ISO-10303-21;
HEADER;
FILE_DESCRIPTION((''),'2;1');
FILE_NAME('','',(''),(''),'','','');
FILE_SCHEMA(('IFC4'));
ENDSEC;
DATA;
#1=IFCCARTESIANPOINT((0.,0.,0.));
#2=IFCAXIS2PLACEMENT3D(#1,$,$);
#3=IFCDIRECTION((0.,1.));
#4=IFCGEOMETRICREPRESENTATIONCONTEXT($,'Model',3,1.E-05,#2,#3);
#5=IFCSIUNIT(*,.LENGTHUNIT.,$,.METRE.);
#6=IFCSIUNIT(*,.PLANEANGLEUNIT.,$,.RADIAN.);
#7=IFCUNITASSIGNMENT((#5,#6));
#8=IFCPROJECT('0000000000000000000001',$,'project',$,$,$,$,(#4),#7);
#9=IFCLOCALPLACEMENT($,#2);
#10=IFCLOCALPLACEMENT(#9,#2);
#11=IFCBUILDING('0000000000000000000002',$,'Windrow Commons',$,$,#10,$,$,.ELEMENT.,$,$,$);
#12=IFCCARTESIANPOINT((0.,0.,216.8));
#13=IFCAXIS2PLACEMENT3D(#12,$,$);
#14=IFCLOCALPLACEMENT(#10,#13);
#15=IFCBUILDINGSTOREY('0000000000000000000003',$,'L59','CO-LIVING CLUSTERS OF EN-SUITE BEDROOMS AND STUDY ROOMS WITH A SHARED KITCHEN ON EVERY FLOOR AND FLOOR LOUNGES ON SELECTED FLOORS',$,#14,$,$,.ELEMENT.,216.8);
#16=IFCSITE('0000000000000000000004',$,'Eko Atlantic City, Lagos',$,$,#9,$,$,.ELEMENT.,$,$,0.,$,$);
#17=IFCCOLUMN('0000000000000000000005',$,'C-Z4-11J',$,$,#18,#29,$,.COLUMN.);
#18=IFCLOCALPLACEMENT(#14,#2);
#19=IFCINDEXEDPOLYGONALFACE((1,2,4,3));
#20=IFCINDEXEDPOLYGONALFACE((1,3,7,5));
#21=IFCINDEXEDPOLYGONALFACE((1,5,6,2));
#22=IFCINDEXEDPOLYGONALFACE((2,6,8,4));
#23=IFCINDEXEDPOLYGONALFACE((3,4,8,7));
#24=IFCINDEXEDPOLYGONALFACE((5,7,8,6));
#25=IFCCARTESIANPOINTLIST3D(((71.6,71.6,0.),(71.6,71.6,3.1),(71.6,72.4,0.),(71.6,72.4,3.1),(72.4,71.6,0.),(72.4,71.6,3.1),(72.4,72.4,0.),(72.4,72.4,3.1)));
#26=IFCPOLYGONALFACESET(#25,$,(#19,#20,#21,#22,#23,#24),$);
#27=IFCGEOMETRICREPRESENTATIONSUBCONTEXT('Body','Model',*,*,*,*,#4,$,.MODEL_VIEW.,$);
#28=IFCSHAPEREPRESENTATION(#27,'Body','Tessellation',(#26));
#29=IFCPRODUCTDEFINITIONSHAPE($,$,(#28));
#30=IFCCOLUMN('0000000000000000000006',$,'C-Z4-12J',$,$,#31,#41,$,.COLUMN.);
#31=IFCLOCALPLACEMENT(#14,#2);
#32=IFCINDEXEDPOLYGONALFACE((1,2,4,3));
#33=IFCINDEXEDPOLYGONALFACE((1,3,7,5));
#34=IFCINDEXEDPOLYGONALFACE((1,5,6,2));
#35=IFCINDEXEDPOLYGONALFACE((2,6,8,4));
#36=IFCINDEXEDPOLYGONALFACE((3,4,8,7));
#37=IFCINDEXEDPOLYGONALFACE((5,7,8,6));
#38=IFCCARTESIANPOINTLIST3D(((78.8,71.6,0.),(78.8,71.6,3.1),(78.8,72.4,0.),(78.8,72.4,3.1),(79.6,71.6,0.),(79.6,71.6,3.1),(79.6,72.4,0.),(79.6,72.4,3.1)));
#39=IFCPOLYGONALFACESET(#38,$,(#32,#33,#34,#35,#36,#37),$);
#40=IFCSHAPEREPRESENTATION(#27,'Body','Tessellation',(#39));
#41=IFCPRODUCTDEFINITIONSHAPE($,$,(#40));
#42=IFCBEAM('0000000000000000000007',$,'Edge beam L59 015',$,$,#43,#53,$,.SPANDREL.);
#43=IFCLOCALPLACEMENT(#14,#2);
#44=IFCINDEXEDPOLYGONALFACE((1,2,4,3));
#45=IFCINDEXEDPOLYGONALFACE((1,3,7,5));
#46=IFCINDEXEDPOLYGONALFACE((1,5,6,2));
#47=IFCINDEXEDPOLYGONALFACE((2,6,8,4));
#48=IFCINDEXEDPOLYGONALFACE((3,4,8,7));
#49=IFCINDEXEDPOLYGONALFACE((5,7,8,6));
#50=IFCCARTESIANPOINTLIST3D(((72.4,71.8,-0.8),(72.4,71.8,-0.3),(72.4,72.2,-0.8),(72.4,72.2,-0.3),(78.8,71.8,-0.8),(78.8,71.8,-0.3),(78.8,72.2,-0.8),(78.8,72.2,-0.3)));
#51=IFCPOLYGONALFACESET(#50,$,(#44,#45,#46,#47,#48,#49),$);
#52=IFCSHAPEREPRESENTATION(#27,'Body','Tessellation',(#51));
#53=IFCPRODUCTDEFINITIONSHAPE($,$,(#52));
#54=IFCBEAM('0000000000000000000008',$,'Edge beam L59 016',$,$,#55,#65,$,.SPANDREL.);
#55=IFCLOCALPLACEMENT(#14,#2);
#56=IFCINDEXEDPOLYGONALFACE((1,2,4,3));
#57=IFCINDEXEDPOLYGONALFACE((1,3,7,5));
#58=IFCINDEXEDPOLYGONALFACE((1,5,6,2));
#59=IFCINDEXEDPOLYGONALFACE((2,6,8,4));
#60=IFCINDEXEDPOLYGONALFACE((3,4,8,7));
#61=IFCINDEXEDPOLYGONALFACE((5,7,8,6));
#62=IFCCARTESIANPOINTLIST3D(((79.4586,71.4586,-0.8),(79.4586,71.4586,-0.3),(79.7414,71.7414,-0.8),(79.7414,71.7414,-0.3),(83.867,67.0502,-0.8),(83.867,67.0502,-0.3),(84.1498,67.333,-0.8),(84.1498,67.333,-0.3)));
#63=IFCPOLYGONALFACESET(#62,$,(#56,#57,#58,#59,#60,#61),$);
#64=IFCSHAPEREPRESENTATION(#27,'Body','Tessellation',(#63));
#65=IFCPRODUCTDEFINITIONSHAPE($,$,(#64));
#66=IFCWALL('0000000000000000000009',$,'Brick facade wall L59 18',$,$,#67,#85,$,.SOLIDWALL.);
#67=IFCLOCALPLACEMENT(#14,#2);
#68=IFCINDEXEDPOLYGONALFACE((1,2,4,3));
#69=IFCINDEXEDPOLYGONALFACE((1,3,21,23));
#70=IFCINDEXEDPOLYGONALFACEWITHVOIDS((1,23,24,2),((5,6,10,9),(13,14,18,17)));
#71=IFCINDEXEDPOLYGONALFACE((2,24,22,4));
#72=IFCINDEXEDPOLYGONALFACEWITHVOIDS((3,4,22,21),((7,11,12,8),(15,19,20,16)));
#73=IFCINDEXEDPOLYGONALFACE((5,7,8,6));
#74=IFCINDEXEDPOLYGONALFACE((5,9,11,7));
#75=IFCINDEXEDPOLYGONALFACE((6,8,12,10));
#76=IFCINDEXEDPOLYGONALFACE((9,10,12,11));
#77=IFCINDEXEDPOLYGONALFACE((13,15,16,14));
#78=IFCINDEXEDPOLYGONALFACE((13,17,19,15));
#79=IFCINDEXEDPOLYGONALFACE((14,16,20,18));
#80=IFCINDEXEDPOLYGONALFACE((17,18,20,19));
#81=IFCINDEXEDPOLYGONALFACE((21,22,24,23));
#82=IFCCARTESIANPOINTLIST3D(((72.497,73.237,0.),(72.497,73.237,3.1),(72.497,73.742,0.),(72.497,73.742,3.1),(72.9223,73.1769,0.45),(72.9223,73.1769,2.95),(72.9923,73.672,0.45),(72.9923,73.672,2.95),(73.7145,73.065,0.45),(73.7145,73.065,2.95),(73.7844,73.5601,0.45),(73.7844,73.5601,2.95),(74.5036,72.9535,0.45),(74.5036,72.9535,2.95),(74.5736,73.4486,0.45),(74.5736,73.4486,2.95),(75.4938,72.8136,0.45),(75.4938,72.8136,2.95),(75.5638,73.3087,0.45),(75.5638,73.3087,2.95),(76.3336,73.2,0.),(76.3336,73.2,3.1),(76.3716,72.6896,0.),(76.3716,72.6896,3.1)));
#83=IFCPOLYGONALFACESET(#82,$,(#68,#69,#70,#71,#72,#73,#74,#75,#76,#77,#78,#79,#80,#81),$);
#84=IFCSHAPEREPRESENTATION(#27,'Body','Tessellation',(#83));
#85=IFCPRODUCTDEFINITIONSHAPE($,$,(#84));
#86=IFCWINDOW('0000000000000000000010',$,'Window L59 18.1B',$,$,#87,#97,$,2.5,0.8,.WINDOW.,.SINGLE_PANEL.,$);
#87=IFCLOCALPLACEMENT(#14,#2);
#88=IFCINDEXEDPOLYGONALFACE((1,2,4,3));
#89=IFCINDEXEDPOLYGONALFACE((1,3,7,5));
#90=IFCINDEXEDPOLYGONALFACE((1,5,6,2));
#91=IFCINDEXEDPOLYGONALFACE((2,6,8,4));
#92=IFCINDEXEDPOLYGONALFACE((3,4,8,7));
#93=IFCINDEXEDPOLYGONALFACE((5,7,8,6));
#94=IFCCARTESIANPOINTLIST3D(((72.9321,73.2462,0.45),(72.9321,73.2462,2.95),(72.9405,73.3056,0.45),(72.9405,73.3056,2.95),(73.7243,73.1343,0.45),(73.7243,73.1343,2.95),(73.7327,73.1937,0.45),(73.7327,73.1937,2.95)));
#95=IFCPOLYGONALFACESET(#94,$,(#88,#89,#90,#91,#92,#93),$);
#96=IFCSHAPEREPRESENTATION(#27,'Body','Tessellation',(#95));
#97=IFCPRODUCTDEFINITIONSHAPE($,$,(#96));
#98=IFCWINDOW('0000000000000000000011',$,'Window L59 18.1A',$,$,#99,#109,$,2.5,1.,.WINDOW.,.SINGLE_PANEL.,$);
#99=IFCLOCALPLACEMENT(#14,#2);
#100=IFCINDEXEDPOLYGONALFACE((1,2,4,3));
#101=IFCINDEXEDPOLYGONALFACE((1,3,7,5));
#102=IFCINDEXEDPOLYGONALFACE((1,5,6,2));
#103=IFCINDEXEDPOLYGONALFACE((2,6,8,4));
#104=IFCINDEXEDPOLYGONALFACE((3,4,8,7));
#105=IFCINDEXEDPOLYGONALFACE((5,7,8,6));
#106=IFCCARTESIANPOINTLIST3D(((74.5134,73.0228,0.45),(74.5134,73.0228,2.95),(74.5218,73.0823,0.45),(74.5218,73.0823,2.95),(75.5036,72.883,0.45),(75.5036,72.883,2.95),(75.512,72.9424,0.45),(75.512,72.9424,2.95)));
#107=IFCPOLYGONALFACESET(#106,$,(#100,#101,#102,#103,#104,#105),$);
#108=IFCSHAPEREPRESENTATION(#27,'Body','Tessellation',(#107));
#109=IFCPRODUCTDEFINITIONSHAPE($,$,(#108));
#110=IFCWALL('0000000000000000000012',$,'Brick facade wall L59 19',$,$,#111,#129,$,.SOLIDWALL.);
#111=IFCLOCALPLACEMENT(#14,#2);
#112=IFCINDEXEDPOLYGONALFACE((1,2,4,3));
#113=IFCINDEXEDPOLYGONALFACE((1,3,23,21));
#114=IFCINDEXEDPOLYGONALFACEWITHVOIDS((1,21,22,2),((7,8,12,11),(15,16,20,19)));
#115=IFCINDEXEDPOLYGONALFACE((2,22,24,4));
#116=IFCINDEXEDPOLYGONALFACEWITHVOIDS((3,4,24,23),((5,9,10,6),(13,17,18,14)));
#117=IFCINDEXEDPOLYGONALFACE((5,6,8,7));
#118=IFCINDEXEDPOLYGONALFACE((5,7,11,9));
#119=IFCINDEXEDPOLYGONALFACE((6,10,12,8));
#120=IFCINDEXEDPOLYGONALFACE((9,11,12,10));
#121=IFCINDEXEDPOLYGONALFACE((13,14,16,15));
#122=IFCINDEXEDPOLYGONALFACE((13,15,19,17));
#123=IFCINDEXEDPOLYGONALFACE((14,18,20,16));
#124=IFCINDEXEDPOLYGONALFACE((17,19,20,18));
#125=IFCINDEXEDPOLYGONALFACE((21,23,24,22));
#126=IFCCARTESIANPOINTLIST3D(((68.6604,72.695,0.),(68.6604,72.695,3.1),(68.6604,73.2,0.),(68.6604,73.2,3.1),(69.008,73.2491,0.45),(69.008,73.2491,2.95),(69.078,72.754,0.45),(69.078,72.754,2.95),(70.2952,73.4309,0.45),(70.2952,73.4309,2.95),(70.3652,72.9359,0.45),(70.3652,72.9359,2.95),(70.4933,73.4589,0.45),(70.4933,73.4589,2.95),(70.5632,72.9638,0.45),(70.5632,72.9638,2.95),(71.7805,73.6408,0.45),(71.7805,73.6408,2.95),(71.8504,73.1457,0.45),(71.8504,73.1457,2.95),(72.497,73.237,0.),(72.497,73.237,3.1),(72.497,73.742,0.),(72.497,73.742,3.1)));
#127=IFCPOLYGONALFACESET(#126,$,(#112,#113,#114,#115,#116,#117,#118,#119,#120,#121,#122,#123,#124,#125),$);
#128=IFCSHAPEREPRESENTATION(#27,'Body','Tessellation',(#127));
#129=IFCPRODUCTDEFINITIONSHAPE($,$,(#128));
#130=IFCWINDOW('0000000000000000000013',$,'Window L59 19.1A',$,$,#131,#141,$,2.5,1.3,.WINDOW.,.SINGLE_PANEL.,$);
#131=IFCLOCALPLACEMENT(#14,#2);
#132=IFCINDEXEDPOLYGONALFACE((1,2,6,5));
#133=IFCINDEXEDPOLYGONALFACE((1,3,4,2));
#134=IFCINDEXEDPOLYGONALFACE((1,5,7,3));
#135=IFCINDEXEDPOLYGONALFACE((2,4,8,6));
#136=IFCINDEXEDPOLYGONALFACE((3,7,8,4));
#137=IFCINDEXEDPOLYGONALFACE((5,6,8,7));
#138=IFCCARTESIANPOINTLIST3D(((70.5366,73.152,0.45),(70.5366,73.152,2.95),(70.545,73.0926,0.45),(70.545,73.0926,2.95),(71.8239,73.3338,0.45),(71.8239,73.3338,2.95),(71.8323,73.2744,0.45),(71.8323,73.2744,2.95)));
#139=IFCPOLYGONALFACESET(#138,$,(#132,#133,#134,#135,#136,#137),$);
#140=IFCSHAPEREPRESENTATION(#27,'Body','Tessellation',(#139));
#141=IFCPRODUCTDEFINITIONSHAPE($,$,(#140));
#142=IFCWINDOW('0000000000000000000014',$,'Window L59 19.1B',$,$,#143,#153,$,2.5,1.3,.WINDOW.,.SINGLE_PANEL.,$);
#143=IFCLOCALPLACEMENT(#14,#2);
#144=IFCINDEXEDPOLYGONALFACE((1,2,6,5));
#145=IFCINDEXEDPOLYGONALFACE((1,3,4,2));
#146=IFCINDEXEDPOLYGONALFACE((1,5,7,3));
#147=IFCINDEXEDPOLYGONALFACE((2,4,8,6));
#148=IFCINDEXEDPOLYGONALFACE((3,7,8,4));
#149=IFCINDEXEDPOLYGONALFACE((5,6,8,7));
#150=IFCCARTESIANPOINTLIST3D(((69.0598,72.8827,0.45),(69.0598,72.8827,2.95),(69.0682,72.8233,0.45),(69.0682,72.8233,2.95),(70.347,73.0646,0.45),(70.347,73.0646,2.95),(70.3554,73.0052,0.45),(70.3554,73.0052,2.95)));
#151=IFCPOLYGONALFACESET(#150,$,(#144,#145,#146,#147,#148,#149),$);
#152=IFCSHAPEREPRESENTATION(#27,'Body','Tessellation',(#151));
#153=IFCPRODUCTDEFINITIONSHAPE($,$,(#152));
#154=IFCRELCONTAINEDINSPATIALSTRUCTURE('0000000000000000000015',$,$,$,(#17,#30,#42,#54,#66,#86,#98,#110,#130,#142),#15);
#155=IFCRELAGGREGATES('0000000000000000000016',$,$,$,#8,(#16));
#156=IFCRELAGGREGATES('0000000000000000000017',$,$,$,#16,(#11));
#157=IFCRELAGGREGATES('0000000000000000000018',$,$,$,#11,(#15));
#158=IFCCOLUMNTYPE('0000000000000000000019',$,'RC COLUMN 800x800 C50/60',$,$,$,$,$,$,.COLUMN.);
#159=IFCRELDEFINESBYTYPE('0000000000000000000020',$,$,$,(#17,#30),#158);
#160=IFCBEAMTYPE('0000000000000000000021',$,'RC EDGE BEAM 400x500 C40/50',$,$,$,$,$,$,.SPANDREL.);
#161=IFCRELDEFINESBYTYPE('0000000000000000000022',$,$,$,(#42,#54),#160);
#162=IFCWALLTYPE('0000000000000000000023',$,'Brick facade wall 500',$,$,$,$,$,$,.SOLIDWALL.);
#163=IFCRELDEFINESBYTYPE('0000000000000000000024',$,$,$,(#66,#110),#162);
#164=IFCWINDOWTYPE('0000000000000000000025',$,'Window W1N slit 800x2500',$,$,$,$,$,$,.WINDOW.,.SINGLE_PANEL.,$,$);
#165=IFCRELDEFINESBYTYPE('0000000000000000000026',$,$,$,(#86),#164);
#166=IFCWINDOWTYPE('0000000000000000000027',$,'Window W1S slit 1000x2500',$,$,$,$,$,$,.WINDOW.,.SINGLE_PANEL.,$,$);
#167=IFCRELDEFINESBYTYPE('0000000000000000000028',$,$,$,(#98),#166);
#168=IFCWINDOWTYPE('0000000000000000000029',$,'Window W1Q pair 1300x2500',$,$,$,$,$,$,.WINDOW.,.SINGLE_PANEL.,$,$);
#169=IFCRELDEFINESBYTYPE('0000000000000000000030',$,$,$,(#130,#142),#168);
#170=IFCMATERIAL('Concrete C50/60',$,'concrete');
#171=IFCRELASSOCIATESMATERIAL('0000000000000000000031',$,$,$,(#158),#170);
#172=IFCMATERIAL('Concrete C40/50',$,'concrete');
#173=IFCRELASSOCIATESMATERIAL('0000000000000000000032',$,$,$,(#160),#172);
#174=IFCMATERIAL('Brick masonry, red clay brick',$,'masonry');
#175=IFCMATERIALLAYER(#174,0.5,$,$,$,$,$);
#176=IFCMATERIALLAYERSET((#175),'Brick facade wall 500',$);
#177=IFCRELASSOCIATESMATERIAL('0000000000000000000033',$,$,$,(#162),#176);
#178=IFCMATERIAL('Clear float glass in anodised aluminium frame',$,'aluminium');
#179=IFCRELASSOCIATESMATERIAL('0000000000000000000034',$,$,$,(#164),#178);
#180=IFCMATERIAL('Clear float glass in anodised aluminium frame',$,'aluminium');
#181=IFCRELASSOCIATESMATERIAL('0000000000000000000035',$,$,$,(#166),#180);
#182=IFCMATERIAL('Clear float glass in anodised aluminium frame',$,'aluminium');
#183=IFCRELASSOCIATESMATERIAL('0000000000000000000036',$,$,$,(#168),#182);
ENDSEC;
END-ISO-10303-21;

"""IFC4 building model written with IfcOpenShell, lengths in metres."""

from ifc_helpers import new_model, si_unit, direction, frame, frame_2d, origin, origin_2d, place, context, subcontext, project, spatial, polyline, rectangle, outline, extrude, material, layer, layer_set, material_profile, profile_set, type_object, element, fill, save


model = new_model("IFC4")

# Units and contexts
model_context = context("Model", 3, precision=1e-05, world=origin(), true_north=direction((0.0, 1.0)))
body_context = subcontext(model_context, "Body", "Model", "MODEL_VIEW")
ifc_project = project(units=[si_unit("LENGTHUNIT", "METRE"), si_unit("PLANEANGLEUNIT", "RADIAN")], contexts=[model_context])

# Site, building, storey
site_placement = place(None, origin())
site = spatial("IfcSite", under=ifc_project, at=site_placement, Name="Eko Atlantic City, Lagos", CompositionType="ELEMENT", RefElevation=0.0)
building_placement = place(site_placement, origin())
building = spatial("IfcBuilding", under=site, at=building_placement, Name="Windrow Commons", CompositionType="ELEMENT")
storey_placement = place(building_placement, frame((0.0, 0.0, 216.8)))
storey = spatial("IfcBuildingStorey", under=building, at=storey_placement, Name="L59", Description="CO-LIVING CLUSTERS OF EN-SUITE BEDROOMS AND STUDY ROOMS WITH A SHARED KITCHEN ON EVERY FLOOR AND FLOOR LOUNGES ON SELECTED FLOORS", CompositionType="ELEMENT", Elevation=216.8)

# Columns
ifc_material_1 = material(Name="Concrete C50/60", Category="concrete")
ifc_material_profile_1 = material_profile(ifc_material_1, rectangle(XDim=0.8, YDim=0.8, at=origin_2d()))
ifc_profile_set_1 = profile_set([ifc_material_profile_1], Name="Concrete C50/60")
column_type = type_object("IfcColumnType", Name="RC COLUMN 800x800 C50/60", PredefinedType="COLUMN", material=ifc_profile_set_1)
for number, where, z_axis, x_axis, name in (
    (1, (72.0, 72.0, 0.0), (0.0, 0.0, 1.0), (1.0, 0.0, 0.0), "C-Z4-11J"),
    (2, (79.2, 72.0, 0.0), (0.0, 0.0, 1.0), (1.0, 0.0, 0.0), "C-Z4-12J"),
):
    element("IfcColumn", number, at=place(storey_placement, frame(where, z_axis=z_axis, x_axis=x_axis)), inside=storey, type_object=column_type, Name=name, PredefinedType="COLUMN", context=body_context, shape_type="SweptSolid", body=[
        extrude(rectangle(XDim=0.8, YDim=0.8, at=origin_2d()), origin(), (0.0, 0.0, 1.0), 3.1),
    ])

# Beams
ifc_material_2 = material(Name="Concrete C40/50", Category="concrete")
ifc_material_profile_2 = material_profile(ifc_material_2, rectangle(XDim=0.4, YDim=0.5, at=origin_2d()))
ifc_profile_set_2 = profile_set([ifc_material_profile_2], Name="Concrete C40/50")
beam_type = type_object("IfcBeamType", Name="RC EDGE BEAM 400x500 C40/50", PredefinedType="SPANDREL", material=ifc_profile_set_2)
beam_1_placement = place(storey_placement, frame((72.4, 72.0, -0.55), z_axis=(1.0, 0.0, 0.0), x_axis=(0.0, 1.0, 0.0)))
element("IfcBeam", 3, at=beam_1_placement, inside=storey, type_object=beam_type, Name="Edge beam L59 015", PredefinedType="SPANDREL", context=body_context, shape_type="SweptSolid", body=[
    extrude(rectangle(XDim=0.4, YDim=0.5, at=origin_2d()), origin(), (0.0, 0.0, 1.0), 6.4),
])
beam_2_placement = place(storey_placement, frame((79.6, 71.6, -0.55), z_axis=(0.707107, -0.707107, 0.0), x_axis=(0.707107, 0.707107, 0.0)))
element("IfcBeam", 4, at=beam_2_placement, inside=storey, type_object=beam_type, Name="Edge beam L59 016", PredefinedType="SPANDREL", context=body_context, shape_type="SweptSolid", body=[
    extrude(rectangle(XDim=0.4, YDim=0.5, at=origin_2d()), origin(), (0.0, 0.0, 1.0), 6.2344),
])

# Walls, openings, windows
ifc_material_3 = material(Name="Brick masonry, red clay brick", Category="masonry")
ifc_layer_1 = layer(ifc_material_3, 0.5)
ifc_layer_set_1 = layer_set([ifc_layer_1], Name="Brick facade wall 500")
wall_type_1 = type_object("IfcWallType", Name="Brick facade wall 500", PredefinedType="SOLIDWALL", material=ifc_layer_set_1)
wall_1_placement = place(storey_placement, frame((76.3526, 72.9448, 0.0), z_axis=(0.0, 0.0, 1.0), x_axis=(-0.990168, 0.139886, 0.0)))
wall_1 = element("IfcWall", 5, at=wall_1_placement, inside=storey, type_object=wall_type_1, Name="Brick facade wall L59 18", PredefinedType="SOLIDWALL", context=body_context, shape_type="SweptSolid", body=[
    extrude(outline(polyline([(0.0545, -0.25), (3.9292, -0.25), (3.8586, 0.25), (-0.0545, 0.25), (0.0545, -0.25)])), origin(), (0.0, 0.0, 1.0), 3.1),
])
opening_1_placement = place(wall_1_placement, frame((0.832, 0.0, 0.45)))
opening_1 = element("IfcOpeningElement", 6, at=opening_1_placement, cuts=wall_1, PredefinedType="OPENING", context=body_context, shape_type="SweptSolid", body=[
    extrude(rectangle(XDim=1.0, YDim=2.5, at=frame_2d((0.5, 1.25))), frame((0.0, 0.26, 0.0), z_axis=(0.0, -1.0, 0.0), x_axis=(1.0, 0.0, 0.0)), (0.0, 0.0, 1.0), 0.52),
])
opening_2_placement = place(wall_1_placement, frame((2.629, 0.0, 0.45)))
opening_2 = element("IfcOpeningElement", 7, at=opening_2_placement, cuts=wall_1, PredefinedType="OPENING", context=body_context, shape_type="SweptSolid", body=[
    extrude(rectangle(XDim=0.8, YDim=2.5, at=frame_2d((0.4, 1.25))), frame((0.0, 0.26, 0.0), z_axis=(0.0, -1.0, 0.0), x_axis=(1.0, 0.0, 0.0)), (0.0, 0.0, 1.0), 0.52),
])
ifc_material_4 = material(Name="Clear float glass in anodised aluminium frame", Category="aluminium")
window_type_1 = type_object("IfcWindowType", Name="Window W1N slit 800x2500", PartitioningType="SINGLE_PANEL", PredefinedType="WINDOW", material=ifc_material_4)
window_1_placement = place(opening_2_placement, origin())
window_1 = element("IfcWindow", 8, at=window_1_placement, inside=storey, type_object=window_type_1, Name="Window L59 18.1B", OverallHeight=2.5, OverallWidth=0.8, PartitioningType="SINGLE_PANEL", PredefinedType="WINDOW", context=body_context, shape_type="SweptSolid", body=[
    extrude(rectangle(XDim=0.8, YDim=2.5, at=frame_2d((0.4, 1.25))), frame((0.0, 0.18, 0.0), z_axis=(0.0, -1.0, 0.0), x_axis=(1.0, 0.0, 0.0)), (0.0, 0.0, 1.0), 0.06),
])
fill(opening_2, window_1)
ifc_material_5 = material(Name="Clear float glass in anodised aluminium frame", Category="aluminium")
window_type_2 = type_object("IfcWindowType", Name="Window W1S slit 1000x2500", PartitioningType="SINGLE_PANEL", PredefinedType="WINDOW", material=ifc_material_5)
window_2_placement = place(opening_1_placement, origin())
window_2 = element("IfcWindow", 9, at=window_2_placement, inside=storey, type_object=window_type_2, Name="Window L59 18.1A", OverallHeight=2.5, OverallWidth=1.0, PartitioningType="SINGLE_PANEL", PredefinedType="WINDOW", context=body_context, shape_type="SweptSolid", body=[
    extrude(rectangle(XDim=1.0, YDim=2.5, at=frame_2d((0.5, 1.25))), frame((0.0, 0.18, 0.0), z_axis=(0.0, -1.0, 0.0), x_axis=(1.0, 0.0, 0.0)), (0.0, 0.0, 1.0), 0.06),
])
fill(opening_1, window_2)
wall_2_placement = place(storey_placement, frame((72.497, 73.4895, 0.0), z_axis=(0.0, 0.0, 1.0), x_axis=(-0.990168, -0.139882, 0.0)))
wall_2 = element("IfcWall", 10, at=wall_2_placement, inside=storey, type_object=wall_type_1, Name="Brick facade wall L59 19", PredefinedType="SOLIDWALL", context=body_context, shape_type="SweptSolid", body=[
    extrude(outline(polyline([(-0.0353, -0.25), (3.8394, -0.25), (3.91, 0.25), (0.0353, 0.25), (-0.0353, -0.25)])), origin(), (0.0, 0.0, 1.0), 3.1),
])
opening_3_placement = place(wall_2_placement, frame((0.6883, 0.0, 0.45)))
opening_3 = element("IfcOpeningElement", 11, at=opening_3_placement, cuts=wall_2, PredefinedType="OPENING", context=body_context, shape_type="SweptSolid", body=[
    extrude(rectangle(XDim=1.3, YDim=2.5, at=frame_2d((0.65, 1.25))), frame((0.0, 0.26, 0.0), z_axis=(0.0, -1.0, 0.0), x_axis=(1.0, 0.0, 0.0)), (0.0, 0.0, 1.0), 0.52),
])
opening_4_placement = place(wall_2_placement, frame((2.1883, 0.0, 0.45)))
opening_4 = element("IfcOpeningElement", 12, at=opening_4_placement, cuts=wall_2, PredefinedType="OPENING", context=body_context, shape_type="SweptSolid", body=[
    extrude(rectangle(XDim=1.3, YDim=2.5, at=frame_2d((0.65, 1.25))), frame((0.0, 0.26, 0.0), z_axis=(0.0, -1.0, 0.0), x_axis=(1.0, 0.0, 0.0)), (0.0, 0.0, 1.0), 0.52),
])
ifc_material_6 = material(Name="Clear float glass in anodised aluminium frame", Category="aluminium")
window_type_3 = type_object("IfcWindowType", Name="Window W1Q pair 1300x2500", PartitioningType="SINGLE_PANEL", PredefinedType="WINDOW", material=ifc_material_6)
window_3_placement = place(opening_3_placement, origin())
window_3 = element("IfcWindow", 13, at=window_3_placement, inside=storey, type_object=window_type_3, Name="Window L59 19.1A", OverallHeight=2.5, OverallWidth=1.3, PartitioningType="SINGLE_PANEL", PredefinedType="WINDOW", context=body_context, shape_type="SweptSolid", body=[
    extrude(rectangle(XDim=1.3, YDim=2.5, at=frame_2d((0.65, 1.25))), frame((0.0, 0.12, 0.0), z_axis=(0.0, -1.0, 0.0), x_axis=(1.0, 0.0, 0.0)), (0.0, 0.0, 1.0), 0.06),
])
fill(opening_3, window_3)
window_4_placement = place(opening_4_placement, origin())
window_4 = element("IfcWindow", 14, at=window_4_placement, inside=storey, type_object=window_type_3, Name="Window L59 19.1B", OverallHeight=2.5, OverallWidth=1.3, PartitioningType="SINGLE_PANEL", PredefinedType="WINDOW", context=body_context, shape_type="SweptSolid", body=[
    extrude(rectangle(XDim=1.3, YDim=2.5, at=frame_2d((0.65, 1.25))), frame((0.0, 0.18, 0.0), z_axis=(0.0, -1.0, 0.0), x_axis=(1.0, 0.0, 0.0)), (0.0, 0.0, 1.0), 0.06),
])
fill(opening_4, window_4)

save(model, "model.ifc")
